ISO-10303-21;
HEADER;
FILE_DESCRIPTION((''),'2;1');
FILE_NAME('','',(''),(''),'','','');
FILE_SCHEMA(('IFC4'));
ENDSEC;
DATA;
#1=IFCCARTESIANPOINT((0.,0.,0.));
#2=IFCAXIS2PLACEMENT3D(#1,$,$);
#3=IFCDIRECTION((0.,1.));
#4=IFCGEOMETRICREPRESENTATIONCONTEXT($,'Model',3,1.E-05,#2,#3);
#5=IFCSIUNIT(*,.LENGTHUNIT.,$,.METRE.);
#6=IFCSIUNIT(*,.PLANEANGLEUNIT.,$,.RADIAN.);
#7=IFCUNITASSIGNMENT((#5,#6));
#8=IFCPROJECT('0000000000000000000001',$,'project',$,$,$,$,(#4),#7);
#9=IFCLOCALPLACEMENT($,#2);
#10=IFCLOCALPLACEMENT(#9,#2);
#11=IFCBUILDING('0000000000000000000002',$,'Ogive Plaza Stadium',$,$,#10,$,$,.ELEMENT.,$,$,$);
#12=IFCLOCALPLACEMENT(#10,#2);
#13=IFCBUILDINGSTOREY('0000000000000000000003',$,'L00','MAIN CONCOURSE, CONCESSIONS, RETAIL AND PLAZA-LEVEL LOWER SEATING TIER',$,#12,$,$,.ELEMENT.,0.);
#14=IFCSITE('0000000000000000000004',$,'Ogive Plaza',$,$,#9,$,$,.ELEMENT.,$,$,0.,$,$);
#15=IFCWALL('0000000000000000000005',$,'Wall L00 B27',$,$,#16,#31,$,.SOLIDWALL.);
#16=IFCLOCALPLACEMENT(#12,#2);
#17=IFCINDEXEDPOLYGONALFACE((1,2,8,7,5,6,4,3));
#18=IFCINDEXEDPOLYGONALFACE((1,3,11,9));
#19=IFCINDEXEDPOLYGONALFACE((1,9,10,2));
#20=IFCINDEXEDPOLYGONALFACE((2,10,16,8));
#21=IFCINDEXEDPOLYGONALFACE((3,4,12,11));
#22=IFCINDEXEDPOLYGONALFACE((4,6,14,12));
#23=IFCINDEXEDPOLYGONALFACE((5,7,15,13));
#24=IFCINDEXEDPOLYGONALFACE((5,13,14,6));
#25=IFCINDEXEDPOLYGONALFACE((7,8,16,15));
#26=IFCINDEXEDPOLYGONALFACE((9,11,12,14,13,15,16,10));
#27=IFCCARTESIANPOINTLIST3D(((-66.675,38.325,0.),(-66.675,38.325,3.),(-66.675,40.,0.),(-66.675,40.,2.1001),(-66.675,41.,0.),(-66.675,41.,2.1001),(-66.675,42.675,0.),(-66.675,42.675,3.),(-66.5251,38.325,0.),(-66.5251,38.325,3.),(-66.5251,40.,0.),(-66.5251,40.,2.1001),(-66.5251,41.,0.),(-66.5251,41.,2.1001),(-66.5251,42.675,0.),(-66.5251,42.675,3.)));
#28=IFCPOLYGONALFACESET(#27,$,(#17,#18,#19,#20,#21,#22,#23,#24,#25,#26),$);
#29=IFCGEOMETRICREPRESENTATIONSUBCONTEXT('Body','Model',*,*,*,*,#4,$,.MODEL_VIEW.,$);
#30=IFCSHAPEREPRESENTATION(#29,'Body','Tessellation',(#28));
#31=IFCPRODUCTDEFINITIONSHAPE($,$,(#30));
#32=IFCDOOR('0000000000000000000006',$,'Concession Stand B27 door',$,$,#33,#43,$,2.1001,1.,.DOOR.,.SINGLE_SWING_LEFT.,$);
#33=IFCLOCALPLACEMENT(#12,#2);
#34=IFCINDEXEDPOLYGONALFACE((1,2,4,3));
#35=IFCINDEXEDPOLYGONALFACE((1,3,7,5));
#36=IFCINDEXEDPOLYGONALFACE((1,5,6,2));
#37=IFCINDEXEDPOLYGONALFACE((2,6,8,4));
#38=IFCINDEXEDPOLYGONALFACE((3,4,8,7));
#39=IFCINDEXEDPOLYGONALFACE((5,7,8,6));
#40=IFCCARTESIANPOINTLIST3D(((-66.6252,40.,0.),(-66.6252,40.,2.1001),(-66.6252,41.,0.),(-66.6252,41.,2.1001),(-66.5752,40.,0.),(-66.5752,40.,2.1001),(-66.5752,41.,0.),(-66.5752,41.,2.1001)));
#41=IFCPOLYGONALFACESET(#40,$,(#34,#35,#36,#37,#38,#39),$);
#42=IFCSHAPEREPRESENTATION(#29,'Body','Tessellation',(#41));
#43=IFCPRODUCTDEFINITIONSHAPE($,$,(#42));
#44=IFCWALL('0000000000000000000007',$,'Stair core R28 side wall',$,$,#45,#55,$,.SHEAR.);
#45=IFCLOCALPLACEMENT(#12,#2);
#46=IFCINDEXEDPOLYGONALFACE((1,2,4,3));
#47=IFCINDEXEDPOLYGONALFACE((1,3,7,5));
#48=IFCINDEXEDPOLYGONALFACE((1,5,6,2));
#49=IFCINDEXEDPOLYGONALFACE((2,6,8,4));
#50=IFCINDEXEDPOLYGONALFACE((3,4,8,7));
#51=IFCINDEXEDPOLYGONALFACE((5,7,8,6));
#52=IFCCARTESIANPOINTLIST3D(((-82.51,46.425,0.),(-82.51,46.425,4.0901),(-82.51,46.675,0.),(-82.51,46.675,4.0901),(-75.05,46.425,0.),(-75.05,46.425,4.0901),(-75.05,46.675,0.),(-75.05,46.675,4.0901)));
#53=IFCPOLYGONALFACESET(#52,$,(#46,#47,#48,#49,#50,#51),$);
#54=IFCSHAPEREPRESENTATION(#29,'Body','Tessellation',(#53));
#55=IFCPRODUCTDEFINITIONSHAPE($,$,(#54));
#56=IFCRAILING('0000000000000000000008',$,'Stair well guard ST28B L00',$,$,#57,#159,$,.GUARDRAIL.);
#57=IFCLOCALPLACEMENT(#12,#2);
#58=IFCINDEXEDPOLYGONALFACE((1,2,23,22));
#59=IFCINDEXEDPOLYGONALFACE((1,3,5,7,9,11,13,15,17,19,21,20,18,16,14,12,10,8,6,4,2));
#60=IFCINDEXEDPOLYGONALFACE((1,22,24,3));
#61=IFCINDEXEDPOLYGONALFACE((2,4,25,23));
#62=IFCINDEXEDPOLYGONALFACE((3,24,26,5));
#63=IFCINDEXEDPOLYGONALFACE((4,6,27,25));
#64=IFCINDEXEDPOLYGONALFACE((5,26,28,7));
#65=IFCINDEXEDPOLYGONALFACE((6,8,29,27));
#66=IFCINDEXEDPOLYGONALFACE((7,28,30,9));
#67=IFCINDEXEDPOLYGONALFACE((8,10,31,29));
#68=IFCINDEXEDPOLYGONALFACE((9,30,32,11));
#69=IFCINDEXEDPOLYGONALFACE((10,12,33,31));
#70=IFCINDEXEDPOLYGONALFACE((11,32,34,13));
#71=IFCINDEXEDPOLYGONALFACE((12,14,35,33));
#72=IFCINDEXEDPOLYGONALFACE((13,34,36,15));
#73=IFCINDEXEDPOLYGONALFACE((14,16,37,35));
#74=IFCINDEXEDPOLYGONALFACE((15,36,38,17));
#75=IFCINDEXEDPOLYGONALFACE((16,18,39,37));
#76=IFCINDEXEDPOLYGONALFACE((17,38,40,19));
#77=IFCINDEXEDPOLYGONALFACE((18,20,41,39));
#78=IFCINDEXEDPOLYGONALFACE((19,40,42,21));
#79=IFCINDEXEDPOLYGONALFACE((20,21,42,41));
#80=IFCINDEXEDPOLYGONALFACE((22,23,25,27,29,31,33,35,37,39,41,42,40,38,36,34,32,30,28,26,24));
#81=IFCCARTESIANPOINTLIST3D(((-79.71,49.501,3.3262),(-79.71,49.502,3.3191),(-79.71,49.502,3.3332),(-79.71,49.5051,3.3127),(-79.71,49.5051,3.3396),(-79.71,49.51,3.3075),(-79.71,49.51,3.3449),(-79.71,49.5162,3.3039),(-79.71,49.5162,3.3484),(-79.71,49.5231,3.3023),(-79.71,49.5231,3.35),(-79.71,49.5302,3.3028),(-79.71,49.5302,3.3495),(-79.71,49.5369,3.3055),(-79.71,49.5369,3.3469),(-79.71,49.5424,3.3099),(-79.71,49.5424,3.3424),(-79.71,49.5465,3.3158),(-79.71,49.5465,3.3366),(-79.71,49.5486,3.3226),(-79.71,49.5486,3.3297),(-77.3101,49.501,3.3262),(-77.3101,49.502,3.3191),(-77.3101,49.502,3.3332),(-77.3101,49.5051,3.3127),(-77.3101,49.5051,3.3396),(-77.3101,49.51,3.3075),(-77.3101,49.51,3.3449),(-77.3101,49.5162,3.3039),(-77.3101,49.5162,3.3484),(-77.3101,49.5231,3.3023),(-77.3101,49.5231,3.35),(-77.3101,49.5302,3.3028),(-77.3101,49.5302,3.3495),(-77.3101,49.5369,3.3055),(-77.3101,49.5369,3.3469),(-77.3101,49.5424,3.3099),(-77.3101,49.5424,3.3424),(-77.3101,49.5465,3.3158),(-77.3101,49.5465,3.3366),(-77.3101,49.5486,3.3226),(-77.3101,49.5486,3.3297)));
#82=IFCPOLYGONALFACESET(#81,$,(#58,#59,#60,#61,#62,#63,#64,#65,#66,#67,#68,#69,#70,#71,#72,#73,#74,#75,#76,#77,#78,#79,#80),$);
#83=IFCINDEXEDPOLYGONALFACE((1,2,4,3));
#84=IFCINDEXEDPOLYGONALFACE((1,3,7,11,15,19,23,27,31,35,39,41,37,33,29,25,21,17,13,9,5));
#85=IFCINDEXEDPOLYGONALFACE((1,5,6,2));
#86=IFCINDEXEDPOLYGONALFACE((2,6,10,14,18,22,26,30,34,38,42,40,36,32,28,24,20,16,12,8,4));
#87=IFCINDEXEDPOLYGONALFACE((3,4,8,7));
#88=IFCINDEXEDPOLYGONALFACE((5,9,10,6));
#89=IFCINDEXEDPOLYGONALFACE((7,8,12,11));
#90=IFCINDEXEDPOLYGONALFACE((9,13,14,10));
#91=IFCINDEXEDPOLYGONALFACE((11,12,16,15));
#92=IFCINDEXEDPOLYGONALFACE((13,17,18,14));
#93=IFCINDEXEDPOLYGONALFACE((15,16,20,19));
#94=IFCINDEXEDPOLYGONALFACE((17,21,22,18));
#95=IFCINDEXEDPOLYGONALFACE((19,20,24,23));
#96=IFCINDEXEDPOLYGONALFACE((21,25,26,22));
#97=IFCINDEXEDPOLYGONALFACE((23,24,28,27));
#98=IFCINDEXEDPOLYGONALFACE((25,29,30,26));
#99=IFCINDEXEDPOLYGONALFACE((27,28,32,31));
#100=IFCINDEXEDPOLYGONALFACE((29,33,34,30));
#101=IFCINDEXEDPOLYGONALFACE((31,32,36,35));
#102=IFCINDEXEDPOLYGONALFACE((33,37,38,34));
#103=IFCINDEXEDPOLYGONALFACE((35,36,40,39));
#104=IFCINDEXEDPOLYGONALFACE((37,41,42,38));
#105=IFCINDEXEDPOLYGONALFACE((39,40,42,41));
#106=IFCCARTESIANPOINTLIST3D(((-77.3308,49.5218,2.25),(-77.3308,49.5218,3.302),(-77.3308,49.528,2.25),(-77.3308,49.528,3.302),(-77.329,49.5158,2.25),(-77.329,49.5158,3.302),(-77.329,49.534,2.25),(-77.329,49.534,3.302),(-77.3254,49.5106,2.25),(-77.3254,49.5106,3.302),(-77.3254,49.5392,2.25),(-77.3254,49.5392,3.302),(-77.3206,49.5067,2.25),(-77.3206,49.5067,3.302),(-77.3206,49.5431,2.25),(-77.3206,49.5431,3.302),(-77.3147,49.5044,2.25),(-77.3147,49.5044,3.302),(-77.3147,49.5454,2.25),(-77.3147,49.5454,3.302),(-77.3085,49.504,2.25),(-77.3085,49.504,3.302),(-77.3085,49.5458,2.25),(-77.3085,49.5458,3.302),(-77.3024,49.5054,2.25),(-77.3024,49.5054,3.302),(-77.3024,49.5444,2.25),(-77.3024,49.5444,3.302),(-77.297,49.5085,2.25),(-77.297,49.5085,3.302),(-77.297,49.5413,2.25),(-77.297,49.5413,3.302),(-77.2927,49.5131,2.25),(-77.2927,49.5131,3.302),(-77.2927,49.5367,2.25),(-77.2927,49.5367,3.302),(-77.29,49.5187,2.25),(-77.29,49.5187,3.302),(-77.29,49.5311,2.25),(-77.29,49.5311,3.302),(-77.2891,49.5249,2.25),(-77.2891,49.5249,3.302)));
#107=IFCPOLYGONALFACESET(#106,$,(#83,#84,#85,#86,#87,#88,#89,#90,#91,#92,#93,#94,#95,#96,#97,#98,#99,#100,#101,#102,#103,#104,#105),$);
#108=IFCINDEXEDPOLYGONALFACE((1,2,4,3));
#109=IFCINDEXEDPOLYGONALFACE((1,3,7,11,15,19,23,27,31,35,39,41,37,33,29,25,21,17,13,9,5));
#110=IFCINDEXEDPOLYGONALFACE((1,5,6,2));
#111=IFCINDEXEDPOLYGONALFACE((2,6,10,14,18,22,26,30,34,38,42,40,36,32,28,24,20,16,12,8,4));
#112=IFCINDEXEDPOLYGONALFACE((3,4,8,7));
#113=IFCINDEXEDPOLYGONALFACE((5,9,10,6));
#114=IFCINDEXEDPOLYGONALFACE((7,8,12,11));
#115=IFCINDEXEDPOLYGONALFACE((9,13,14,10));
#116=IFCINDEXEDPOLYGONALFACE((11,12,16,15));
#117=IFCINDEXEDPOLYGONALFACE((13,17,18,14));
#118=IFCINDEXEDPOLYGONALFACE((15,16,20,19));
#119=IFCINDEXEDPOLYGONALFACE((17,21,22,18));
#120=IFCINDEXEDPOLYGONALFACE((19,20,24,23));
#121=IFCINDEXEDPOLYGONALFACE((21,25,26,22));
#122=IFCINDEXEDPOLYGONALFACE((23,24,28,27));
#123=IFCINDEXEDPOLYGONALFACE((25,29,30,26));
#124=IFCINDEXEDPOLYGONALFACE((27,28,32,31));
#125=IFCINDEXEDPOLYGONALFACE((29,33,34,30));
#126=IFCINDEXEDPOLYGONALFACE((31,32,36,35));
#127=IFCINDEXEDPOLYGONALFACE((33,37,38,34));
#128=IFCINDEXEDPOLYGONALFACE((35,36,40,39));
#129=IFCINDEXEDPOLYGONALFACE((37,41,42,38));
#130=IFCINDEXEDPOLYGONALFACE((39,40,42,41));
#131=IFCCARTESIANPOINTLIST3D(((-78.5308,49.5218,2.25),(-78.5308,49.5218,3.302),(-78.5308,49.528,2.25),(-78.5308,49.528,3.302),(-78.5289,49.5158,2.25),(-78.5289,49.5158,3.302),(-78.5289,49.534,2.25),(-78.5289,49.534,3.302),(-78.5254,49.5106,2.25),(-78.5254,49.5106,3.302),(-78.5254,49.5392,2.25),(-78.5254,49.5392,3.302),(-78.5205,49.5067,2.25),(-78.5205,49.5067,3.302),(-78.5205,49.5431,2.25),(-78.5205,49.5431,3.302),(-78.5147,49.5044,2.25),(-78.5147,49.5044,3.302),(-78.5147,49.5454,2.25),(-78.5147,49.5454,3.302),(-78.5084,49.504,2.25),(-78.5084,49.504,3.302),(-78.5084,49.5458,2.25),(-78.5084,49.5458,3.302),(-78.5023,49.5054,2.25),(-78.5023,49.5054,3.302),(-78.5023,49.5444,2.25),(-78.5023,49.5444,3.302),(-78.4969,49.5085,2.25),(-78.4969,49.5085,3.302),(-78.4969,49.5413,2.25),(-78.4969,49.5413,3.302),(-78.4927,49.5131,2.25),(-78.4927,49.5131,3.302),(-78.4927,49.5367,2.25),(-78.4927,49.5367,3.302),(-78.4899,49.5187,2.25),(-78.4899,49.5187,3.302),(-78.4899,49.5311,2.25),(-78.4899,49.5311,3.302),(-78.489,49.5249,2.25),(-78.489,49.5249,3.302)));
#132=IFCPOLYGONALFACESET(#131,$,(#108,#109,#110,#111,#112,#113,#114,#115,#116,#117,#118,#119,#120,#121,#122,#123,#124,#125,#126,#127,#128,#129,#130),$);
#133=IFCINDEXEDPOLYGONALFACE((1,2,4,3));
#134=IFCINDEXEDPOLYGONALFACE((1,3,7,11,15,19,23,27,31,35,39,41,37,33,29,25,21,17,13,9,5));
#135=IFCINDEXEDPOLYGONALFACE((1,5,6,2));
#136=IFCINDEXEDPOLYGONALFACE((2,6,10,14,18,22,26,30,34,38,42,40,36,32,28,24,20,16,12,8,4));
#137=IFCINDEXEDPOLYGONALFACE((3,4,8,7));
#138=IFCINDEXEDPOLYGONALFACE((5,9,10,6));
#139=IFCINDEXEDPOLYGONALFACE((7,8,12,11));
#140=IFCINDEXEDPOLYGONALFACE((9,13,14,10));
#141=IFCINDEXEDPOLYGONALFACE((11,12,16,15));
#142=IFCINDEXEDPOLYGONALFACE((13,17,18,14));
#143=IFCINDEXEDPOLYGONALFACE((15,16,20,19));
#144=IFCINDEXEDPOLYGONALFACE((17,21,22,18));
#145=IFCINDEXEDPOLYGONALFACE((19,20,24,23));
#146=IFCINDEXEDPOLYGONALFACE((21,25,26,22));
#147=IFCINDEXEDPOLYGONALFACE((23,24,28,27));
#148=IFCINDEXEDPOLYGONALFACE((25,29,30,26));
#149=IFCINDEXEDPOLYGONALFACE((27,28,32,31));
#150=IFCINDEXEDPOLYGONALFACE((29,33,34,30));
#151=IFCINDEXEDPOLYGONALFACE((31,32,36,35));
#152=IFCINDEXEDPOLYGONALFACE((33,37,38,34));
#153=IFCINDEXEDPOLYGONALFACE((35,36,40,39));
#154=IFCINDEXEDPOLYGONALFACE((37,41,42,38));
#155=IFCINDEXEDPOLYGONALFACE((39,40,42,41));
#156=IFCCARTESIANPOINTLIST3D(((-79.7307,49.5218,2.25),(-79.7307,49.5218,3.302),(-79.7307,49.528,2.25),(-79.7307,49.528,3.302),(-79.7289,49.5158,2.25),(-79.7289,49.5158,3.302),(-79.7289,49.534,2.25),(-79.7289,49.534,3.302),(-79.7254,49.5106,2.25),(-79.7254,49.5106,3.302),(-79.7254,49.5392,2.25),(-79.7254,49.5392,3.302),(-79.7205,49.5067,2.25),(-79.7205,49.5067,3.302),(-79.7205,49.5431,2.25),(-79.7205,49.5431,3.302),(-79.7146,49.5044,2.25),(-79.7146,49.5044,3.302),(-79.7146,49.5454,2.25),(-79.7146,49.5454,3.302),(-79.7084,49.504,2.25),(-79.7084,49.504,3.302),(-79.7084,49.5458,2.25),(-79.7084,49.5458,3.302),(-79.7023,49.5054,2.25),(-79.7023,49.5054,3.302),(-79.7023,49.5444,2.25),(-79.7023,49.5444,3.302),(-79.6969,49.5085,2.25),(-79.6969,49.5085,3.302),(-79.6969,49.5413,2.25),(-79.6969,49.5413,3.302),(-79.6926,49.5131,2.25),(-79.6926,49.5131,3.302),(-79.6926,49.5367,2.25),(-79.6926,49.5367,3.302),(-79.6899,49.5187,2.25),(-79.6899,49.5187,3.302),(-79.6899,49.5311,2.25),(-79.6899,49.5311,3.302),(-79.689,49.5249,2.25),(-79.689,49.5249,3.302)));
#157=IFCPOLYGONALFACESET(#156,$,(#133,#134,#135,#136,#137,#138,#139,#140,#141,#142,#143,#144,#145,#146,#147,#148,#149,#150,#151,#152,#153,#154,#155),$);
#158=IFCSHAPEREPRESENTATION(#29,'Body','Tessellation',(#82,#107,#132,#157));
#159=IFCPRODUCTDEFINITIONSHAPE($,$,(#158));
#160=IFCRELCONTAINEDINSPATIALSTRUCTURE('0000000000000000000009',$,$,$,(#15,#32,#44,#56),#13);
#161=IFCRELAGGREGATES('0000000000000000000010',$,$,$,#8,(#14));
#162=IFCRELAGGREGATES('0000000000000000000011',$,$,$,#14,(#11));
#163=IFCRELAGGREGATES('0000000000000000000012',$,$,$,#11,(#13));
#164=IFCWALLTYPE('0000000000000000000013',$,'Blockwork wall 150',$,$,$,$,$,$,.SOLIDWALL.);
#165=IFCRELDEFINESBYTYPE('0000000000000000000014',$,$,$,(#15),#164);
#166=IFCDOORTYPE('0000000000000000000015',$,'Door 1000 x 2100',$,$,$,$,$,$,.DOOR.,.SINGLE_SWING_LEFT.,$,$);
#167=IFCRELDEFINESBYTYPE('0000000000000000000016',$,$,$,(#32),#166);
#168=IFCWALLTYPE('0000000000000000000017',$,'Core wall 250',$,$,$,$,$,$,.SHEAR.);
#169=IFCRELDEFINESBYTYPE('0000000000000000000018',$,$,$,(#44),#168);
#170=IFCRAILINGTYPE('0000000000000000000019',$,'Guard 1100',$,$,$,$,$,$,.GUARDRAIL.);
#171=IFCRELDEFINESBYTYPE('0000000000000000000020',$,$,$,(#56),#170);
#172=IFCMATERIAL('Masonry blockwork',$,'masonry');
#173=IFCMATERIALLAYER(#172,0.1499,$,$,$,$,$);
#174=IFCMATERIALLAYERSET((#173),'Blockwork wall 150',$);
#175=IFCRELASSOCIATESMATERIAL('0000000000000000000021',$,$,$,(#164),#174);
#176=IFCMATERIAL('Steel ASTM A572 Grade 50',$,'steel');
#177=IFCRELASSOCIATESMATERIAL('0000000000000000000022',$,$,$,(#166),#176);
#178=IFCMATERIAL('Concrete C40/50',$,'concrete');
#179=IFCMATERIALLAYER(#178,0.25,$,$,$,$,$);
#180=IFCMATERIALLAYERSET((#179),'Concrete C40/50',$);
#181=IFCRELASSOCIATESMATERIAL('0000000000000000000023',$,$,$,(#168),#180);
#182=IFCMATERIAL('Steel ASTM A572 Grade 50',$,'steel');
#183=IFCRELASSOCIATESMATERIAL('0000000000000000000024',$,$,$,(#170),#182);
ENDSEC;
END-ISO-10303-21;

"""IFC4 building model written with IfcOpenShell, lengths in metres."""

from ifc_helpers import new_model, si_unit, direction, frame, frame_2d, origin, origin_2d, place, context, subcontext, project, spatial, rectangle, circle, extrude, material, layer, layer_set, type_object, element, fill, save


model = new_model("IFC4")

# Units and contexts
model_context = context("Model", 3, precision=1e-05, world=origin(), true_north=direction((0.0, 1.0)))
body_context = subcontext(model_context, "Body", "Model", "MODEL_VIEW")
ifc_project = project(units=[si_unit("LENGTHUNIT", "METRE"), si_unit("PLANEANGLEUNIT", "RADIAN")], contexts=[model_context])

# Site, building, storey
site_placement = place(None, origin())
site = spatial("IfcSite", under=ifc_project, at=site_placement, Name="Ogive Plaza", CompositionType="ELEMENT", RefElevation=0.0)
building_placement = place(site_placement, origin())
building = spatial("IfcBuilding", under=site, at=building_placement, Name="Ogive Plaza Stadium", CompositionType="ELEMENT")
storey_placement = place(building_placement, origin())
storey = spatial("IfcBuildingStorey", under=building, at=storey_placement, Name="L00", Description="MAIN CONCOURSE, CONCESSIONS, RETAIL AND PLAZA-LEVEL LOWER SEATING TIER", CompositionType="ELEMENT", Elevation=0.0)

# Shared definitions
ifc_material_1 = material(Name="Masonry blockwork", Category="masonry")
ifc_layer_1 = layer(ifc_material_1, 0.1499)
ifc_layer_set_1 = layer_set([ifc_layer_1], Name="Blockwork wall 150")
wall_type_1 = type_object("IfcWallType", Name="Blockwork wall 150", PredefinedType="SOLIDWALL", material=ifc_layer_set_1)
ifc_material_2 = material(Name="Steel ASTM A572 Grade 50", Category="steel")
door_type_1 = type_object("IfcDoorType", Name="Door 1000 x 2100", OperationType="SINGLE_SWING_LEFT", PredefinedType="DOOR", material=ifc_material_2)

# Wall, opening, door
wall_1_placement = place(storey_placement, frame((-66.6001, 42.675, 0.0), z_axis=(0.0, 0.0, 1.0), x_axis=(0.0, -1.0, 0.0)))
wall_1 = element("IfcWall", 1, at=wall_1_placement, inside=storey, type_object=wall_type_1, Name="Wall L00 B27", PredefinedType="SOLIDWALL", context=body_context, shape_type="SweptSolid", body=[
    extrude(rectangle(XDim=4.3501, YDim=0.1499, at=frame_2d((2.175, 0.0))), origin(), (0.0, 0.0, 1.0), 3.0),
])
opening_1_placement = place(wall_1_placement, frame((1.675, 0.0, 0.0)))
opening_1 = element("IfcOpeningElement", 2, at=opening_1_placement, cuts=wall_1, PredefinedType="OPENING", context=body_context, shape_type="SweptSolid", body=[
    extrude(rectangle(XDim=1.0, YDim=2.1001, at=frame_2d((0.5, 1.05))), frame((0.0, 0.075, 0.0), z_axis=(0.0, -1.0, 0.0), x_axis=(1.0, 0.0, 0.0)), (0.0, 0.0, 1.0), 0.1499),
])
door_1_placement = place(opening_1_placement, origin())
door_1 = element("IfcDoor", 3, at=door_1_placement, inside=storey, type_object=door_type_1, Name="Concession Stand B27 door", OperationType="SINGLE_SWING_LEFT", OverallHeight=2.1001, OverallWidth=1.0, PredefinedType="DOOR", context=body_context, shape_type="SweptSolid", body=[
    extrude(rectangle(XDim=1.0, YDim=2.1001, at=frame_2d((0.5, 1.05))), frame((0.0, 0.0249, 0.0), z_axis=(0.0, -1.0, 0.0), x_axis=(1.0, 0.0, 0.0)), (0.0, 0.0, 1.0), 0.05),
])
fill(opening_1, door_1)

# Wall
ifc_material_3 = material(Name="Concrete C40/50", Category="concrete")
ifc_layer_2 = layer(ifc_material_3, 0.25)
ifc_layer_set_2 = layer_set([ifc_layer_2], Name="Concrete C40/50")
wall_type_2 = type_object("IfcWallType", Name="Core wall 250", PredefinedType="SHEAR", material=ifc_layer_set_2)
wall_2_placement = place(storey_placement, frame((-75.05, 46.55, 0.0), z_axis=(0.0, 0.0, 1.0), x_axis=(-1.0, 0.0, 0.0)))
element("IfcWall", 4, at=wall_2_placement, inside=storey, type_object=wall_type_2, Name="Stair core R28 side wall", PredefinedType="SHEAR", context=body_context, shape_type="SweptSolid", body=[
    extrude(rectangle(XDim=7.46, YDim=0.25, at=frame_2d((3.73, 0.0))), origin(), (0.0, 0.0, 1.0), 4.0901),
])

# Railing
ifc_material_4 = material(Name="Steel ASTM A572 Grade 50", Category="steel")
railing_type_1 = type_object("IfcRailingType", Name="Guard 1100", PredefinedType="GUARDRAIL", material=ifc_material_4)
railing_placement = place(storey_placement, frame((-77.3101, 49.5249, 2.25)))
element("IfcRailing", 5, at=railing_placement, inside=storey, type_object=railing_type_1, Name="Stair well guard ST28B L00", PredefinedType="GUARDRAIL", context=body_context, shape_type="SweptSolid", body=[
    extrude(circle(Radius=0.0239, at=origin_2d()), frame((0.0, 0.0, 1.0762), z_axis=(-1.0, 0.0, 0.0), x_axis=(0.0, -1.0, 0.0)), (0.0, 0.0, 1.0), 2.3999),
    extrude(circle(Radius=0.021, at=origin_2d()), origin(), (0.0, 0.0, 1.0), 1.052),
    extrude(circle(Radius=0.021, at=origin_2d()), frame((-1.2, 0.0, 0.0)), (0.0, 0.0, 1.0), 1.052),
    extrude(circle(Radius=0.021, at=origin_2d()), frame((-2.3999, 0.0, 0.0)), (0.0, 0.0, 1.0), 1.052),
])

save(model, "model.ifc")
